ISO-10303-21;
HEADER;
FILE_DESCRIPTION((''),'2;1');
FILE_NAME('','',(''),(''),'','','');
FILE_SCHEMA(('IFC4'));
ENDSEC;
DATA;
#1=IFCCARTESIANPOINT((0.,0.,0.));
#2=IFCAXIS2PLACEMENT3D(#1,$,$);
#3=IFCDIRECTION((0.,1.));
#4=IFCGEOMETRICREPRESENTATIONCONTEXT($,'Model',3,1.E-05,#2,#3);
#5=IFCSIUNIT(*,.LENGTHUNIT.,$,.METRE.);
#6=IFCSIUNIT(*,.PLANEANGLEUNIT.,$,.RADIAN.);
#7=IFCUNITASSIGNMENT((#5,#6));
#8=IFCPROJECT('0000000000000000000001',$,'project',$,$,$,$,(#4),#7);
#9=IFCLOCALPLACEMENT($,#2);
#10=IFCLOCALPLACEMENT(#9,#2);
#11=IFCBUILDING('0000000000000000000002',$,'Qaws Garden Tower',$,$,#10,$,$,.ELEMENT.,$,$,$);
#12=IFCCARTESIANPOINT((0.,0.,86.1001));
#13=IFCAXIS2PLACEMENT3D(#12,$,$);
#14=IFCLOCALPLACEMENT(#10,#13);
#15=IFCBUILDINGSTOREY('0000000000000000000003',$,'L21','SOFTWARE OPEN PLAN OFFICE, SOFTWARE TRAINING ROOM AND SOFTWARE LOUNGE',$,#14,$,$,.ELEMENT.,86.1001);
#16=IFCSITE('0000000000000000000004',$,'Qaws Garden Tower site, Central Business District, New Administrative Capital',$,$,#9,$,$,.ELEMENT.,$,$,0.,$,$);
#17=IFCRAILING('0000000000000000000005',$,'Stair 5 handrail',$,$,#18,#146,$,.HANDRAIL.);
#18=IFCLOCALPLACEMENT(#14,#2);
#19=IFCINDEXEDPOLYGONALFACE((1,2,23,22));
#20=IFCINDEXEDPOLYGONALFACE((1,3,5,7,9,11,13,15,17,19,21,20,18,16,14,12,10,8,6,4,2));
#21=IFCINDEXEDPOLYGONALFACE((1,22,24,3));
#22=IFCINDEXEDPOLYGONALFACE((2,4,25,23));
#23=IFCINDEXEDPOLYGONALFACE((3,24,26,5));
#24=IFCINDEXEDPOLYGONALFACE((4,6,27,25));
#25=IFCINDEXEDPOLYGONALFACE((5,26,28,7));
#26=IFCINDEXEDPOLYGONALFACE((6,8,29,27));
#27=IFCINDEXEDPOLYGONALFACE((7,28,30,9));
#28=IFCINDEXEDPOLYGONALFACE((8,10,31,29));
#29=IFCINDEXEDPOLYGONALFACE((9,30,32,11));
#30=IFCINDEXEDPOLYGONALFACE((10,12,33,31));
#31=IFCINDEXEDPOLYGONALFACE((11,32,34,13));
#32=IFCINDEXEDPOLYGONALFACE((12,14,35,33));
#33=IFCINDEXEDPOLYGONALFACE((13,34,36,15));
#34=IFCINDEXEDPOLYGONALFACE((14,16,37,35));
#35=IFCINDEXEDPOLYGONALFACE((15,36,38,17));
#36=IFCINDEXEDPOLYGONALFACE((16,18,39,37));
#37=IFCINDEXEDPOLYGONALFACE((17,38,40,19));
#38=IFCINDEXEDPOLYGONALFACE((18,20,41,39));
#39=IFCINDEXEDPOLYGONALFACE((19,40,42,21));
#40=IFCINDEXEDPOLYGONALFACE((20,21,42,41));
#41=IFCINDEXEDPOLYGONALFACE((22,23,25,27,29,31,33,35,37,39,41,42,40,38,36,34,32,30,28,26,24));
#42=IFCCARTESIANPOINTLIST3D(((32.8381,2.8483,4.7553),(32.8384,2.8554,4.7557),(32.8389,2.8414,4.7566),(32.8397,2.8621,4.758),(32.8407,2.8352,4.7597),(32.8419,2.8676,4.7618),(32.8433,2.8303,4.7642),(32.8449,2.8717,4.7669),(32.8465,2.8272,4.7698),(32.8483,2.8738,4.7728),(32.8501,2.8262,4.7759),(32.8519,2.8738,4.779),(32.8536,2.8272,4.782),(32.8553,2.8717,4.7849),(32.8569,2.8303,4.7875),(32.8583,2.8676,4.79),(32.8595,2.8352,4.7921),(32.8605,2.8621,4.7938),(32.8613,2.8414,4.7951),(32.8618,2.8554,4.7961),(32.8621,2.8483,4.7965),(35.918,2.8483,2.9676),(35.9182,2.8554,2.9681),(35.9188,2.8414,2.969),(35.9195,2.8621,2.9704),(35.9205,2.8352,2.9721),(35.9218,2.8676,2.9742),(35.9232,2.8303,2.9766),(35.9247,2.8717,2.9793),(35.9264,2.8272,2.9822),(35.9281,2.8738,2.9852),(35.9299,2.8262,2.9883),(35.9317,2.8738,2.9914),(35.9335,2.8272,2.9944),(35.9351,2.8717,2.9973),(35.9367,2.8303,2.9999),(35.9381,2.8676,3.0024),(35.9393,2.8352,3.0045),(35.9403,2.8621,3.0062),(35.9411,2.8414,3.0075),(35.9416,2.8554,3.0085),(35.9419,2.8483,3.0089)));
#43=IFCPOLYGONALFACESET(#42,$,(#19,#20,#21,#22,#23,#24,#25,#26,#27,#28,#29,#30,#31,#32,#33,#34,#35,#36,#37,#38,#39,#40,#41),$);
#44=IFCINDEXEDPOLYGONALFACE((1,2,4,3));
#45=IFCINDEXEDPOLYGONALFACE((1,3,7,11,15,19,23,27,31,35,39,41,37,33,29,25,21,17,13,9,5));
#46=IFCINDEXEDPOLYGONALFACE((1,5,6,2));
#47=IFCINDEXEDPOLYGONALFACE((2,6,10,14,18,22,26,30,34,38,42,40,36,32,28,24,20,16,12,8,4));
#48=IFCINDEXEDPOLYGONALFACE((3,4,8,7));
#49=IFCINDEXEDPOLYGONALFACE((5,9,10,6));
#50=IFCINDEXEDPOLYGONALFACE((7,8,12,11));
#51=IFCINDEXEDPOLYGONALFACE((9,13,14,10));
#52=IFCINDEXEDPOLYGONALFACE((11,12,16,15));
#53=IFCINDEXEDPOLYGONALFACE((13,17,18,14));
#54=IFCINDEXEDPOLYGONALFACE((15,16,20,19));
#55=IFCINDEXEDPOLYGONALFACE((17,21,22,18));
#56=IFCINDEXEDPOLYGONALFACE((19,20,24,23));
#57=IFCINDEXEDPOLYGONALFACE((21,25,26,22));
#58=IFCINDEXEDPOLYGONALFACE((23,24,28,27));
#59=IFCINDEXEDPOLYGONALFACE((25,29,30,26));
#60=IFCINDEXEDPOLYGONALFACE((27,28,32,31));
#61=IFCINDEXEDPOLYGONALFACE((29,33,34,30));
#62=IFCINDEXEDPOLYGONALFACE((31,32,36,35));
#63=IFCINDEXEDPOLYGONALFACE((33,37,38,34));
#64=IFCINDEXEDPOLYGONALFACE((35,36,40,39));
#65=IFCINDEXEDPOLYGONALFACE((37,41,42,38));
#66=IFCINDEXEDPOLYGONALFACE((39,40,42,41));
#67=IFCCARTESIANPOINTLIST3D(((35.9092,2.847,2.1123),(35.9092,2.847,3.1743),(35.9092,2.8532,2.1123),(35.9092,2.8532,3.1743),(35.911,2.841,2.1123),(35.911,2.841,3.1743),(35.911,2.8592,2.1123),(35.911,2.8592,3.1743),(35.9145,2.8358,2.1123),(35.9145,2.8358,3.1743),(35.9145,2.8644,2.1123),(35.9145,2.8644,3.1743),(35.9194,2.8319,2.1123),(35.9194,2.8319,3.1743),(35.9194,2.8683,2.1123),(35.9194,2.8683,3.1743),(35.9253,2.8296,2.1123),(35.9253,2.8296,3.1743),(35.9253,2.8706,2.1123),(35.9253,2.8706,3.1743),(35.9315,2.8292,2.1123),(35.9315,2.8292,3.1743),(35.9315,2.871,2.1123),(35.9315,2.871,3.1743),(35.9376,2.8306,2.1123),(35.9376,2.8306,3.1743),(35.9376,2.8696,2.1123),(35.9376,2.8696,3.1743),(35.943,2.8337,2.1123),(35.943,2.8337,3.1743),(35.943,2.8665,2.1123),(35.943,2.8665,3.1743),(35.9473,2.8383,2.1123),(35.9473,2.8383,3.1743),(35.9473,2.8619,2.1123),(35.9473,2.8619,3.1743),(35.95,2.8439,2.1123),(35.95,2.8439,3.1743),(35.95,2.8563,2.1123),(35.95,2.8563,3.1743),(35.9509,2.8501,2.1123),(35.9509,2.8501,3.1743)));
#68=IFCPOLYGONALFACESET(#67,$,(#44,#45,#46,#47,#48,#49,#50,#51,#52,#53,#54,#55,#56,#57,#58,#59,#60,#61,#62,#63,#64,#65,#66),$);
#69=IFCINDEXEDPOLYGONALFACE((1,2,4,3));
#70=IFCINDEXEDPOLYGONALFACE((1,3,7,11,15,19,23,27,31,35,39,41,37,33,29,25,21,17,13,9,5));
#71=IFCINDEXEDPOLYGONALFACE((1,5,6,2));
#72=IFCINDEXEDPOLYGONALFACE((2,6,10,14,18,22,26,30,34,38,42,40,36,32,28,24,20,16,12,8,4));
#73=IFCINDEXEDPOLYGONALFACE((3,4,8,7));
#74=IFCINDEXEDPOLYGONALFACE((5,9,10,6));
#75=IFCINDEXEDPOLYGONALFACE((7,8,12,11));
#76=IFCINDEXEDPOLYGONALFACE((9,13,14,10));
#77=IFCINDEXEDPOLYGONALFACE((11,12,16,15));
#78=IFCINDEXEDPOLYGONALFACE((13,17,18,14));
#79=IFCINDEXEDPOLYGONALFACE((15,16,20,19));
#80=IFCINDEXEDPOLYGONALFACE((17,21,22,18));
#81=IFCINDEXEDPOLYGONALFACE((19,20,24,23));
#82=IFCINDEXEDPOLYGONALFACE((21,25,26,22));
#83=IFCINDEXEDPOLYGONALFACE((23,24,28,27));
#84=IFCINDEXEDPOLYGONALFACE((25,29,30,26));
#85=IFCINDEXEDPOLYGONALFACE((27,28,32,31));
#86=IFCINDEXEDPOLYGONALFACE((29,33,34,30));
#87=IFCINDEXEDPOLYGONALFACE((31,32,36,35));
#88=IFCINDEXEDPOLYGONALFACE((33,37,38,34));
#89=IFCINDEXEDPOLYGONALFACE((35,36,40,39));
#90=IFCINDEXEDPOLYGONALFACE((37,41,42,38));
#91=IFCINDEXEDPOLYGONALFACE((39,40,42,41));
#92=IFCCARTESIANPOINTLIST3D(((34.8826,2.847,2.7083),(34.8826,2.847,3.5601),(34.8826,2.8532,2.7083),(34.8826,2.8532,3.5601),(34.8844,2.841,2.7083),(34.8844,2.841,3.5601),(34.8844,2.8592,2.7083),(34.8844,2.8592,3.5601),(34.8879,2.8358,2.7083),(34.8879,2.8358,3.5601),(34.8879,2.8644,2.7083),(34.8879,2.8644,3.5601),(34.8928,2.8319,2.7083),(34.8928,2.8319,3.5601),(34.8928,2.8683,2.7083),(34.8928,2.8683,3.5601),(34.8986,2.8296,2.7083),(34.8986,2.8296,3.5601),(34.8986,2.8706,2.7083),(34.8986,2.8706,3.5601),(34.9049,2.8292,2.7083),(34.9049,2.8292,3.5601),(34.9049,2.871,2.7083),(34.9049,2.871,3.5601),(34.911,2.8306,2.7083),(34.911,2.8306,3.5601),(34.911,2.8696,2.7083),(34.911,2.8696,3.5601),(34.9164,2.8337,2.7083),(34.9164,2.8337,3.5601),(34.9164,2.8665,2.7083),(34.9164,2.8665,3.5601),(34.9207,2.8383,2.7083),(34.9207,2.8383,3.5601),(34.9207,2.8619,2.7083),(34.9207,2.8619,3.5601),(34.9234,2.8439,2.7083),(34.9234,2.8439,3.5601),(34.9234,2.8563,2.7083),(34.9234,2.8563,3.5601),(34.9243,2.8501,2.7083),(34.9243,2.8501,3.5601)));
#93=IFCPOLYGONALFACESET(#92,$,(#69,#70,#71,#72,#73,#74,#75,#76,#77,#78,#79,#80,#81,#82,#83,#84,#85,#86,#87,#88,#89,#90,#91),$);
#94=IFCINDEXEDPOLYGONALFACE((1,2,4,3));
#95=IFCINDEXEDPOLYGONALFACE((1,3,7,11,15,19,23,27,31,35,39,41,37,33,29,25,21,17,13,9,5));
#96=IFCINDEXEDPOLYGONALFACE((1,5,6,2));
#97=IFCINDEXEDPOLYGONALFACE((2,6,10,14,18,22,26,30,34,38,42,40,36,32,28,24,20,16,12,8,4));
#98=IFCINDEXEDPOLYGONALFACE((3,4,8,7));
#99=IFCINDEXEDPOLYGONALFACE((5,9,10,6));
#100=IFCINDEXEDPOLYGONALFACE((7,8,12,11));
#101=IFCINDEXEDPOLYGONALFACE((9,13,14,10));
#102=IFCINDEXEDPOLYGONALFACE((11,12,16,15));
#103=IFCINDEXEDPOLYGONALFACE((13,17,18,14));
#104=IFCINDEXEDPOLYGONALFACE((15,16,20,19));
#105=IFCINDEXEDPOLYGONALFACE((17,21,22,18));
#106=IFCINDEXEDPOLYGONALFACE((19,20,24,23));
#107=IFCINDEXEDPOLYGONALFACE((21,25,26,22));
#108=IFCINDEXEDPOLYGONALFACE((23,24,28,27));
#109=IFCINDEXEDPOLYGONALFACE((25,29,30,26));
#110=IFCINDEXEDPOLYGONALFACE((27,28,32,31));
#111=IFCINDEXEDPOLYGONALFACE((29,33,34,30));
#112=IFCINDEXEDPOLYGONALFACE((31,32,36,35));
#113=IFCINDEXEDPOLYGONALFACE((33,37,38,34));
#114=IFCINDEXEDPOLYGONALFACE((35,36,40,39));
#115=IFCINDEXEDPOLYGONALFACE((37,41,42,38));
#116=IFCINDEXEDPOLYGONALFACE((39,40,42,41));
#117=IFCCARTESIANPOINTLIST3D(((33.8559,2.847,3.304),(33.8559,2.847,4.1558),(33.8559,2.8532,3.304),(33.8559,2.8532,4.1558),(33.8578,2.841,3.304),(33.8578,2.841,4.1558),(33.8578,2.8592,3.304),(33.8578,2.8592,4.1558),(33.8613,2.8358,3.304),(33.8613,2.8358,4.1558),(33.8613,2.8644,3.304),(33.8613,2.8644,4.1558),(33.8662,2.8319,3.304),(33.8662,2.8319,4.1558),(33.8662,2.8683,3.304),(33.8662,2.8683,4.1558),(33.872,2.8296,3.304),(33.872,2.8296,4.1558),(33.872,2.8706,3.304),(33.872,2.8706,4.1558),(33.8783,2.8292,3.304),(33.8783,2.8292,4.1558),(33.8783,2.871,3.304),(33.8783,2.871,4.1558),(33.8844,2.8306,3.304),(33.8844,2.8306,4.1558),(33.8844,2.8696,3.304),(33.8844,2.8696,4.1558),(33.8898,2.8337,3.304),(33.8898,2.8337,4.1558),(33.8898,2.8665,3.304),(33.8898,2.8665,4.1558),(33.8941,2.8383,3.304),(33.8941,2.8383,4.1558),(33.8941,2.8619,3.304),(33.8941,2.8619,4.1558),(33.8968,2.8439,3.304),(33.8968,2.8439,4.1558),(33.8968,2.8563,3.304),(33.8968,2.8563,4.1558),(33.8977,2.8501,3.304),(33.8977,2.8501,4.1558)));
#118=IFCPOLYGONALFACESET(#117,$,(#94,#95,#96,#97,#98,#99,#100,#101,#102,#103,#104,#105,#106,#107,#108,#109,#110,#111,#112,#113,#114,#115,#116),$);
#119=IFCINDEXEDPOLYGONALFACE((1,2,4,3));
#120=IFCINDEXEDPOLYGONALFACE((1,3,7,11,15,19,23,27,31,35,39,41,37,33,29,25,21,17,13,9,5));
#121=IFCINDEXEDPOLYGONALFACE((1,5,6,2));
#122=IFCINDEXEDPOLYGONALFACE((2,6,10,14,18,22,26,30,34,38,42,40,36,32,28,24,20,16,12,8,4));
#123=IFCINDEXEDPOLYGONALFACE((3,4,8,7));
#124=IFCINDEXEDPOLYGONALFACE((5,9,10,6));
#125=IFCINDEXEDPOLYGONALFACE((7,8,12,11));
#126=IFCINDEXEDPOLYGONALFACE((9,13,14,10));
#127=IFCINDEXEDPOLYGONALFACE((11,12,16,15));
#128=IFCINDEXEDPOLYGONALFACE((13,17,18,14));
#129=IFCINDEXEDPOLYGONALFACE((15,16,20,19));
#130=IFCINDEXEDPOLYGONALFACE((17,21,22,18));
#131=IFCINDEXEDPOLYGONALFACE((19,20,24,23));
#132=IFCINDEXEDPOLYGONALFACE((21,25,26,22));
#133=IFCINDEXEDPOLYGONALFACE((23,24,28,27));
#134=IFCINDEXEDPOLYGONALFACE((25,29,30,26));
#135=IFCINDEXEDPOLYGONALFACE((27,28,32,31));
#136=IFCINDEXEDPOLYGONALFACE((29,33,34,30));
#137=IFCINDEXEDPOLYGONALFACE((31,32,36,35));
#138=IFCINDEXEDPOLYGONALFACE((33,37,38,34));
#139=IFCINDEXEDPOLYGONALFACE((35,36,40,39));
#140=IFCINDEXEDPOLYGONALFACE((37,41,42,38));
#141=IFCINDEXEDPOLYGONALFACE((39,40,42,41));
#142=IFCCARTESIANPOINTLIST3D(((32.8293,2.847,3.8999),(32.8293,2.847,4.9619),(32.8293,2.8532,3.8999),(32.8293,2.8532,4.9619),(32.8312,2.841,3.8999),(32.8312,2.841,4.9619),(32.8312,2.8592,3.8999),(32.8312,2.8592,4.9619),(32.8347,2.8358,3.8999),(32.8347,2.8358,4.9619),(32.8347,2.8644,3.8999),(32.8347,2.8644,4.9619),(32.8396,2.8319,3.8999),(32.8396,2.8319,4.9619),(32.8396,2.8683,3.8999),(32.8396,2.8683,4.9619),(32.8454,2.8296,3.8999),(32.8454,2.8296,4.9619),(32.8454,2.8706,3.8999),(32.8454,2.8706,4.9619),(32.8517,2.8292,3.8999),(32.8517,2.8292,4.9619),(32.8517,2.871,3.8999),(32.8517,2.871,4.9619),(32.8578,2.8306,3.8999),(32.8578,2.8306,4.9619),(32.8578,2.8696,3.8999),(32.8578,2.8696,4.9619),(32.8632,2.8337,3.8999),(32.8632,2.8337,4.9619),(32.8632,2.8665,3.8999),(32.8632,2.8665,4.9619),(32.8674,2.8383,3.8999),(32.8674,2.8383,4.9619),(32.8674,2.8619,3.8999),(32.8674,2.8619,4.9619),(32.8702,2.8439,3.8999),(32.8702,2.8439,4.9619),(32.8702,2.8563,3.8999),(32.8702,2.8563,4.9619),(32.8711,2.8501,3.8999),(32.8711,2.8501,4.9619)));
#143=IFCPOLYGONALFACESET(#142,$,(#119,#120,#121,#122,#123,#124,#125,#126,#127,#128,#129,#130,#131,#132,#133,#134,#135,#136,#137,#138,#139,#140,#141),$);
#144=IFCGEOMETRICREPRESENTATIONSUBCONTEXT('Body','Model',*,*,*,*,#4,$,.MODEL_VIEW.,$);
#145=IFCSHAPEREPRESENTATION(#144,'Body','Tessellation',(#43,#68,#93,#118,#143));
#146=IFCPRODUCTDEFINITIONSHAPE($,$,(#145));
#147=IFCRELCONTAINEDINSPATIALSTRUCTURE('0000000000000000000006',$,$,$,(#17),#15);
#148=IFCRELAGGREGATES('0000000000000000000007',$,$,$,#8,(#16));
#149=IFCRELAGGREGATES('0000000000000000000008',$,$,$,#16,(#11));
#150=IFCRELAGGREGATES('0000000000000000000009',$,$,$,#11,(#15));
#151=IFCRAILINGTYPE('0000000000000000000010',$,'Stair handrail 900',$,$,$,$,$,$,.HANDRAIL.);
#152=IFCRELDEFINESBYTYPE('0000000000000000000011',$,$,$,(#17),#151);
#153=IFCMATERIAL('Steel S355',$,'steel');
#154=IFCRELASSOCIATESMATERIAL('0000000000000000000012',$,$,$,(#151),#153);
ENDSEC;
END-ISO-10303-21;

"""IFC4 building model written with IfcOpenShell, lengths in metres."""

from ifc_helpers import new_model, si_unit, direction, frame, origin, origin_2d, place, context, subcontext, project, spatial, circle, extrude, material, type_object, element, save


model = new_model("IFC4")

# Units and contexts
model_context = context("Model", 3, precision=1e-05, world=origin(), true_north=direction((0.0, 1.0)))
body_context = subcontext(model_context, "Body", "Model", "MODEL_VIEW")
ifc_project = project(units=[si_unit("LENGTHUNIT", "METRE"), si_unit("PLANEANGLEUNIT", "RADIAN")], contexts=[model_context])

# Site, building, storey
site_placement = place(None, origin())
site = spatial("IfcSite", under=ifc_project, at=site_placement, Name="Qaws Garden Tower site, Central Business District, New Administrative Capital", CompositionType="ELEMENT", RefElevation=0.0)
building_placement = place(site_placement, origin())
building = spatial("IfcBuilding", under=site, at=building_placement, Name="Qaws Garden Tower", CompositionType="ELEMENT")
storey_placement = place(building_placement, frame((0.0, 0.0, 86.1001)))
storey = spatial("IfcBuildingStorey", under=building, at=storey_placement, Name="L21", Description="SOFTWARE OPEN PLAN OFFICE, SOFTWARE TRAINING ROOM AND SOFTWARE LOUNGE", CompositionType="ELEMENT", Elevation=86.1001)

# Railing
ifc_material_1 = material(Name="Steel S355", Category="steel")
railing_type = type_object("IfcRailingType", Name="Stair handrail 900", PredefinedType="HANDRAIL", material=ifc_material_1)
railing_placement = place(storey_placement, frame((35.9299, 2.8501, 2.1123)))
element("IfcRailing", 1, at=railing_placement, inside=storey, type_object=railing_type, Name="Stair 5 handrail", PredefinedType="HANDRAIL", context=body_context, shape_type="SweptSolid", body=[
    extrude(circle(Radius=0.0239, at=origin_2d()), frame((0.0, 0.0, 0.876), z_axis=(-0.864873, 0.0, 0.50199), x_axis=(0.0, -1.0, 0.0)), (0.0, 0.0, 1.0), 3.561),
    extrude(circle(Radius=0.021, at=origin_2d()), origin(), (0.0, 0.0, 1.0), 1.062),
    extrude(circle(Radius=0.021, at=origin_2d()), frame((-1.0266, 0.0, 0.5959)), (0.0, 0.0, 1.0), 0.8518),
    extrude(circle(Radius=0.021, at=origin_2d()), frame((-2.0532, 0.0, 1.1917)), (0.0, 0.0, 1.0), 0.8518),
    extrude(circle(Radius=0.021, at=origin_2d()), frame((-3.0798, 0.0, 1.7876)), (0.0, 0.0, 1.0), 1.062),
])

save(model, "model.ifc")
